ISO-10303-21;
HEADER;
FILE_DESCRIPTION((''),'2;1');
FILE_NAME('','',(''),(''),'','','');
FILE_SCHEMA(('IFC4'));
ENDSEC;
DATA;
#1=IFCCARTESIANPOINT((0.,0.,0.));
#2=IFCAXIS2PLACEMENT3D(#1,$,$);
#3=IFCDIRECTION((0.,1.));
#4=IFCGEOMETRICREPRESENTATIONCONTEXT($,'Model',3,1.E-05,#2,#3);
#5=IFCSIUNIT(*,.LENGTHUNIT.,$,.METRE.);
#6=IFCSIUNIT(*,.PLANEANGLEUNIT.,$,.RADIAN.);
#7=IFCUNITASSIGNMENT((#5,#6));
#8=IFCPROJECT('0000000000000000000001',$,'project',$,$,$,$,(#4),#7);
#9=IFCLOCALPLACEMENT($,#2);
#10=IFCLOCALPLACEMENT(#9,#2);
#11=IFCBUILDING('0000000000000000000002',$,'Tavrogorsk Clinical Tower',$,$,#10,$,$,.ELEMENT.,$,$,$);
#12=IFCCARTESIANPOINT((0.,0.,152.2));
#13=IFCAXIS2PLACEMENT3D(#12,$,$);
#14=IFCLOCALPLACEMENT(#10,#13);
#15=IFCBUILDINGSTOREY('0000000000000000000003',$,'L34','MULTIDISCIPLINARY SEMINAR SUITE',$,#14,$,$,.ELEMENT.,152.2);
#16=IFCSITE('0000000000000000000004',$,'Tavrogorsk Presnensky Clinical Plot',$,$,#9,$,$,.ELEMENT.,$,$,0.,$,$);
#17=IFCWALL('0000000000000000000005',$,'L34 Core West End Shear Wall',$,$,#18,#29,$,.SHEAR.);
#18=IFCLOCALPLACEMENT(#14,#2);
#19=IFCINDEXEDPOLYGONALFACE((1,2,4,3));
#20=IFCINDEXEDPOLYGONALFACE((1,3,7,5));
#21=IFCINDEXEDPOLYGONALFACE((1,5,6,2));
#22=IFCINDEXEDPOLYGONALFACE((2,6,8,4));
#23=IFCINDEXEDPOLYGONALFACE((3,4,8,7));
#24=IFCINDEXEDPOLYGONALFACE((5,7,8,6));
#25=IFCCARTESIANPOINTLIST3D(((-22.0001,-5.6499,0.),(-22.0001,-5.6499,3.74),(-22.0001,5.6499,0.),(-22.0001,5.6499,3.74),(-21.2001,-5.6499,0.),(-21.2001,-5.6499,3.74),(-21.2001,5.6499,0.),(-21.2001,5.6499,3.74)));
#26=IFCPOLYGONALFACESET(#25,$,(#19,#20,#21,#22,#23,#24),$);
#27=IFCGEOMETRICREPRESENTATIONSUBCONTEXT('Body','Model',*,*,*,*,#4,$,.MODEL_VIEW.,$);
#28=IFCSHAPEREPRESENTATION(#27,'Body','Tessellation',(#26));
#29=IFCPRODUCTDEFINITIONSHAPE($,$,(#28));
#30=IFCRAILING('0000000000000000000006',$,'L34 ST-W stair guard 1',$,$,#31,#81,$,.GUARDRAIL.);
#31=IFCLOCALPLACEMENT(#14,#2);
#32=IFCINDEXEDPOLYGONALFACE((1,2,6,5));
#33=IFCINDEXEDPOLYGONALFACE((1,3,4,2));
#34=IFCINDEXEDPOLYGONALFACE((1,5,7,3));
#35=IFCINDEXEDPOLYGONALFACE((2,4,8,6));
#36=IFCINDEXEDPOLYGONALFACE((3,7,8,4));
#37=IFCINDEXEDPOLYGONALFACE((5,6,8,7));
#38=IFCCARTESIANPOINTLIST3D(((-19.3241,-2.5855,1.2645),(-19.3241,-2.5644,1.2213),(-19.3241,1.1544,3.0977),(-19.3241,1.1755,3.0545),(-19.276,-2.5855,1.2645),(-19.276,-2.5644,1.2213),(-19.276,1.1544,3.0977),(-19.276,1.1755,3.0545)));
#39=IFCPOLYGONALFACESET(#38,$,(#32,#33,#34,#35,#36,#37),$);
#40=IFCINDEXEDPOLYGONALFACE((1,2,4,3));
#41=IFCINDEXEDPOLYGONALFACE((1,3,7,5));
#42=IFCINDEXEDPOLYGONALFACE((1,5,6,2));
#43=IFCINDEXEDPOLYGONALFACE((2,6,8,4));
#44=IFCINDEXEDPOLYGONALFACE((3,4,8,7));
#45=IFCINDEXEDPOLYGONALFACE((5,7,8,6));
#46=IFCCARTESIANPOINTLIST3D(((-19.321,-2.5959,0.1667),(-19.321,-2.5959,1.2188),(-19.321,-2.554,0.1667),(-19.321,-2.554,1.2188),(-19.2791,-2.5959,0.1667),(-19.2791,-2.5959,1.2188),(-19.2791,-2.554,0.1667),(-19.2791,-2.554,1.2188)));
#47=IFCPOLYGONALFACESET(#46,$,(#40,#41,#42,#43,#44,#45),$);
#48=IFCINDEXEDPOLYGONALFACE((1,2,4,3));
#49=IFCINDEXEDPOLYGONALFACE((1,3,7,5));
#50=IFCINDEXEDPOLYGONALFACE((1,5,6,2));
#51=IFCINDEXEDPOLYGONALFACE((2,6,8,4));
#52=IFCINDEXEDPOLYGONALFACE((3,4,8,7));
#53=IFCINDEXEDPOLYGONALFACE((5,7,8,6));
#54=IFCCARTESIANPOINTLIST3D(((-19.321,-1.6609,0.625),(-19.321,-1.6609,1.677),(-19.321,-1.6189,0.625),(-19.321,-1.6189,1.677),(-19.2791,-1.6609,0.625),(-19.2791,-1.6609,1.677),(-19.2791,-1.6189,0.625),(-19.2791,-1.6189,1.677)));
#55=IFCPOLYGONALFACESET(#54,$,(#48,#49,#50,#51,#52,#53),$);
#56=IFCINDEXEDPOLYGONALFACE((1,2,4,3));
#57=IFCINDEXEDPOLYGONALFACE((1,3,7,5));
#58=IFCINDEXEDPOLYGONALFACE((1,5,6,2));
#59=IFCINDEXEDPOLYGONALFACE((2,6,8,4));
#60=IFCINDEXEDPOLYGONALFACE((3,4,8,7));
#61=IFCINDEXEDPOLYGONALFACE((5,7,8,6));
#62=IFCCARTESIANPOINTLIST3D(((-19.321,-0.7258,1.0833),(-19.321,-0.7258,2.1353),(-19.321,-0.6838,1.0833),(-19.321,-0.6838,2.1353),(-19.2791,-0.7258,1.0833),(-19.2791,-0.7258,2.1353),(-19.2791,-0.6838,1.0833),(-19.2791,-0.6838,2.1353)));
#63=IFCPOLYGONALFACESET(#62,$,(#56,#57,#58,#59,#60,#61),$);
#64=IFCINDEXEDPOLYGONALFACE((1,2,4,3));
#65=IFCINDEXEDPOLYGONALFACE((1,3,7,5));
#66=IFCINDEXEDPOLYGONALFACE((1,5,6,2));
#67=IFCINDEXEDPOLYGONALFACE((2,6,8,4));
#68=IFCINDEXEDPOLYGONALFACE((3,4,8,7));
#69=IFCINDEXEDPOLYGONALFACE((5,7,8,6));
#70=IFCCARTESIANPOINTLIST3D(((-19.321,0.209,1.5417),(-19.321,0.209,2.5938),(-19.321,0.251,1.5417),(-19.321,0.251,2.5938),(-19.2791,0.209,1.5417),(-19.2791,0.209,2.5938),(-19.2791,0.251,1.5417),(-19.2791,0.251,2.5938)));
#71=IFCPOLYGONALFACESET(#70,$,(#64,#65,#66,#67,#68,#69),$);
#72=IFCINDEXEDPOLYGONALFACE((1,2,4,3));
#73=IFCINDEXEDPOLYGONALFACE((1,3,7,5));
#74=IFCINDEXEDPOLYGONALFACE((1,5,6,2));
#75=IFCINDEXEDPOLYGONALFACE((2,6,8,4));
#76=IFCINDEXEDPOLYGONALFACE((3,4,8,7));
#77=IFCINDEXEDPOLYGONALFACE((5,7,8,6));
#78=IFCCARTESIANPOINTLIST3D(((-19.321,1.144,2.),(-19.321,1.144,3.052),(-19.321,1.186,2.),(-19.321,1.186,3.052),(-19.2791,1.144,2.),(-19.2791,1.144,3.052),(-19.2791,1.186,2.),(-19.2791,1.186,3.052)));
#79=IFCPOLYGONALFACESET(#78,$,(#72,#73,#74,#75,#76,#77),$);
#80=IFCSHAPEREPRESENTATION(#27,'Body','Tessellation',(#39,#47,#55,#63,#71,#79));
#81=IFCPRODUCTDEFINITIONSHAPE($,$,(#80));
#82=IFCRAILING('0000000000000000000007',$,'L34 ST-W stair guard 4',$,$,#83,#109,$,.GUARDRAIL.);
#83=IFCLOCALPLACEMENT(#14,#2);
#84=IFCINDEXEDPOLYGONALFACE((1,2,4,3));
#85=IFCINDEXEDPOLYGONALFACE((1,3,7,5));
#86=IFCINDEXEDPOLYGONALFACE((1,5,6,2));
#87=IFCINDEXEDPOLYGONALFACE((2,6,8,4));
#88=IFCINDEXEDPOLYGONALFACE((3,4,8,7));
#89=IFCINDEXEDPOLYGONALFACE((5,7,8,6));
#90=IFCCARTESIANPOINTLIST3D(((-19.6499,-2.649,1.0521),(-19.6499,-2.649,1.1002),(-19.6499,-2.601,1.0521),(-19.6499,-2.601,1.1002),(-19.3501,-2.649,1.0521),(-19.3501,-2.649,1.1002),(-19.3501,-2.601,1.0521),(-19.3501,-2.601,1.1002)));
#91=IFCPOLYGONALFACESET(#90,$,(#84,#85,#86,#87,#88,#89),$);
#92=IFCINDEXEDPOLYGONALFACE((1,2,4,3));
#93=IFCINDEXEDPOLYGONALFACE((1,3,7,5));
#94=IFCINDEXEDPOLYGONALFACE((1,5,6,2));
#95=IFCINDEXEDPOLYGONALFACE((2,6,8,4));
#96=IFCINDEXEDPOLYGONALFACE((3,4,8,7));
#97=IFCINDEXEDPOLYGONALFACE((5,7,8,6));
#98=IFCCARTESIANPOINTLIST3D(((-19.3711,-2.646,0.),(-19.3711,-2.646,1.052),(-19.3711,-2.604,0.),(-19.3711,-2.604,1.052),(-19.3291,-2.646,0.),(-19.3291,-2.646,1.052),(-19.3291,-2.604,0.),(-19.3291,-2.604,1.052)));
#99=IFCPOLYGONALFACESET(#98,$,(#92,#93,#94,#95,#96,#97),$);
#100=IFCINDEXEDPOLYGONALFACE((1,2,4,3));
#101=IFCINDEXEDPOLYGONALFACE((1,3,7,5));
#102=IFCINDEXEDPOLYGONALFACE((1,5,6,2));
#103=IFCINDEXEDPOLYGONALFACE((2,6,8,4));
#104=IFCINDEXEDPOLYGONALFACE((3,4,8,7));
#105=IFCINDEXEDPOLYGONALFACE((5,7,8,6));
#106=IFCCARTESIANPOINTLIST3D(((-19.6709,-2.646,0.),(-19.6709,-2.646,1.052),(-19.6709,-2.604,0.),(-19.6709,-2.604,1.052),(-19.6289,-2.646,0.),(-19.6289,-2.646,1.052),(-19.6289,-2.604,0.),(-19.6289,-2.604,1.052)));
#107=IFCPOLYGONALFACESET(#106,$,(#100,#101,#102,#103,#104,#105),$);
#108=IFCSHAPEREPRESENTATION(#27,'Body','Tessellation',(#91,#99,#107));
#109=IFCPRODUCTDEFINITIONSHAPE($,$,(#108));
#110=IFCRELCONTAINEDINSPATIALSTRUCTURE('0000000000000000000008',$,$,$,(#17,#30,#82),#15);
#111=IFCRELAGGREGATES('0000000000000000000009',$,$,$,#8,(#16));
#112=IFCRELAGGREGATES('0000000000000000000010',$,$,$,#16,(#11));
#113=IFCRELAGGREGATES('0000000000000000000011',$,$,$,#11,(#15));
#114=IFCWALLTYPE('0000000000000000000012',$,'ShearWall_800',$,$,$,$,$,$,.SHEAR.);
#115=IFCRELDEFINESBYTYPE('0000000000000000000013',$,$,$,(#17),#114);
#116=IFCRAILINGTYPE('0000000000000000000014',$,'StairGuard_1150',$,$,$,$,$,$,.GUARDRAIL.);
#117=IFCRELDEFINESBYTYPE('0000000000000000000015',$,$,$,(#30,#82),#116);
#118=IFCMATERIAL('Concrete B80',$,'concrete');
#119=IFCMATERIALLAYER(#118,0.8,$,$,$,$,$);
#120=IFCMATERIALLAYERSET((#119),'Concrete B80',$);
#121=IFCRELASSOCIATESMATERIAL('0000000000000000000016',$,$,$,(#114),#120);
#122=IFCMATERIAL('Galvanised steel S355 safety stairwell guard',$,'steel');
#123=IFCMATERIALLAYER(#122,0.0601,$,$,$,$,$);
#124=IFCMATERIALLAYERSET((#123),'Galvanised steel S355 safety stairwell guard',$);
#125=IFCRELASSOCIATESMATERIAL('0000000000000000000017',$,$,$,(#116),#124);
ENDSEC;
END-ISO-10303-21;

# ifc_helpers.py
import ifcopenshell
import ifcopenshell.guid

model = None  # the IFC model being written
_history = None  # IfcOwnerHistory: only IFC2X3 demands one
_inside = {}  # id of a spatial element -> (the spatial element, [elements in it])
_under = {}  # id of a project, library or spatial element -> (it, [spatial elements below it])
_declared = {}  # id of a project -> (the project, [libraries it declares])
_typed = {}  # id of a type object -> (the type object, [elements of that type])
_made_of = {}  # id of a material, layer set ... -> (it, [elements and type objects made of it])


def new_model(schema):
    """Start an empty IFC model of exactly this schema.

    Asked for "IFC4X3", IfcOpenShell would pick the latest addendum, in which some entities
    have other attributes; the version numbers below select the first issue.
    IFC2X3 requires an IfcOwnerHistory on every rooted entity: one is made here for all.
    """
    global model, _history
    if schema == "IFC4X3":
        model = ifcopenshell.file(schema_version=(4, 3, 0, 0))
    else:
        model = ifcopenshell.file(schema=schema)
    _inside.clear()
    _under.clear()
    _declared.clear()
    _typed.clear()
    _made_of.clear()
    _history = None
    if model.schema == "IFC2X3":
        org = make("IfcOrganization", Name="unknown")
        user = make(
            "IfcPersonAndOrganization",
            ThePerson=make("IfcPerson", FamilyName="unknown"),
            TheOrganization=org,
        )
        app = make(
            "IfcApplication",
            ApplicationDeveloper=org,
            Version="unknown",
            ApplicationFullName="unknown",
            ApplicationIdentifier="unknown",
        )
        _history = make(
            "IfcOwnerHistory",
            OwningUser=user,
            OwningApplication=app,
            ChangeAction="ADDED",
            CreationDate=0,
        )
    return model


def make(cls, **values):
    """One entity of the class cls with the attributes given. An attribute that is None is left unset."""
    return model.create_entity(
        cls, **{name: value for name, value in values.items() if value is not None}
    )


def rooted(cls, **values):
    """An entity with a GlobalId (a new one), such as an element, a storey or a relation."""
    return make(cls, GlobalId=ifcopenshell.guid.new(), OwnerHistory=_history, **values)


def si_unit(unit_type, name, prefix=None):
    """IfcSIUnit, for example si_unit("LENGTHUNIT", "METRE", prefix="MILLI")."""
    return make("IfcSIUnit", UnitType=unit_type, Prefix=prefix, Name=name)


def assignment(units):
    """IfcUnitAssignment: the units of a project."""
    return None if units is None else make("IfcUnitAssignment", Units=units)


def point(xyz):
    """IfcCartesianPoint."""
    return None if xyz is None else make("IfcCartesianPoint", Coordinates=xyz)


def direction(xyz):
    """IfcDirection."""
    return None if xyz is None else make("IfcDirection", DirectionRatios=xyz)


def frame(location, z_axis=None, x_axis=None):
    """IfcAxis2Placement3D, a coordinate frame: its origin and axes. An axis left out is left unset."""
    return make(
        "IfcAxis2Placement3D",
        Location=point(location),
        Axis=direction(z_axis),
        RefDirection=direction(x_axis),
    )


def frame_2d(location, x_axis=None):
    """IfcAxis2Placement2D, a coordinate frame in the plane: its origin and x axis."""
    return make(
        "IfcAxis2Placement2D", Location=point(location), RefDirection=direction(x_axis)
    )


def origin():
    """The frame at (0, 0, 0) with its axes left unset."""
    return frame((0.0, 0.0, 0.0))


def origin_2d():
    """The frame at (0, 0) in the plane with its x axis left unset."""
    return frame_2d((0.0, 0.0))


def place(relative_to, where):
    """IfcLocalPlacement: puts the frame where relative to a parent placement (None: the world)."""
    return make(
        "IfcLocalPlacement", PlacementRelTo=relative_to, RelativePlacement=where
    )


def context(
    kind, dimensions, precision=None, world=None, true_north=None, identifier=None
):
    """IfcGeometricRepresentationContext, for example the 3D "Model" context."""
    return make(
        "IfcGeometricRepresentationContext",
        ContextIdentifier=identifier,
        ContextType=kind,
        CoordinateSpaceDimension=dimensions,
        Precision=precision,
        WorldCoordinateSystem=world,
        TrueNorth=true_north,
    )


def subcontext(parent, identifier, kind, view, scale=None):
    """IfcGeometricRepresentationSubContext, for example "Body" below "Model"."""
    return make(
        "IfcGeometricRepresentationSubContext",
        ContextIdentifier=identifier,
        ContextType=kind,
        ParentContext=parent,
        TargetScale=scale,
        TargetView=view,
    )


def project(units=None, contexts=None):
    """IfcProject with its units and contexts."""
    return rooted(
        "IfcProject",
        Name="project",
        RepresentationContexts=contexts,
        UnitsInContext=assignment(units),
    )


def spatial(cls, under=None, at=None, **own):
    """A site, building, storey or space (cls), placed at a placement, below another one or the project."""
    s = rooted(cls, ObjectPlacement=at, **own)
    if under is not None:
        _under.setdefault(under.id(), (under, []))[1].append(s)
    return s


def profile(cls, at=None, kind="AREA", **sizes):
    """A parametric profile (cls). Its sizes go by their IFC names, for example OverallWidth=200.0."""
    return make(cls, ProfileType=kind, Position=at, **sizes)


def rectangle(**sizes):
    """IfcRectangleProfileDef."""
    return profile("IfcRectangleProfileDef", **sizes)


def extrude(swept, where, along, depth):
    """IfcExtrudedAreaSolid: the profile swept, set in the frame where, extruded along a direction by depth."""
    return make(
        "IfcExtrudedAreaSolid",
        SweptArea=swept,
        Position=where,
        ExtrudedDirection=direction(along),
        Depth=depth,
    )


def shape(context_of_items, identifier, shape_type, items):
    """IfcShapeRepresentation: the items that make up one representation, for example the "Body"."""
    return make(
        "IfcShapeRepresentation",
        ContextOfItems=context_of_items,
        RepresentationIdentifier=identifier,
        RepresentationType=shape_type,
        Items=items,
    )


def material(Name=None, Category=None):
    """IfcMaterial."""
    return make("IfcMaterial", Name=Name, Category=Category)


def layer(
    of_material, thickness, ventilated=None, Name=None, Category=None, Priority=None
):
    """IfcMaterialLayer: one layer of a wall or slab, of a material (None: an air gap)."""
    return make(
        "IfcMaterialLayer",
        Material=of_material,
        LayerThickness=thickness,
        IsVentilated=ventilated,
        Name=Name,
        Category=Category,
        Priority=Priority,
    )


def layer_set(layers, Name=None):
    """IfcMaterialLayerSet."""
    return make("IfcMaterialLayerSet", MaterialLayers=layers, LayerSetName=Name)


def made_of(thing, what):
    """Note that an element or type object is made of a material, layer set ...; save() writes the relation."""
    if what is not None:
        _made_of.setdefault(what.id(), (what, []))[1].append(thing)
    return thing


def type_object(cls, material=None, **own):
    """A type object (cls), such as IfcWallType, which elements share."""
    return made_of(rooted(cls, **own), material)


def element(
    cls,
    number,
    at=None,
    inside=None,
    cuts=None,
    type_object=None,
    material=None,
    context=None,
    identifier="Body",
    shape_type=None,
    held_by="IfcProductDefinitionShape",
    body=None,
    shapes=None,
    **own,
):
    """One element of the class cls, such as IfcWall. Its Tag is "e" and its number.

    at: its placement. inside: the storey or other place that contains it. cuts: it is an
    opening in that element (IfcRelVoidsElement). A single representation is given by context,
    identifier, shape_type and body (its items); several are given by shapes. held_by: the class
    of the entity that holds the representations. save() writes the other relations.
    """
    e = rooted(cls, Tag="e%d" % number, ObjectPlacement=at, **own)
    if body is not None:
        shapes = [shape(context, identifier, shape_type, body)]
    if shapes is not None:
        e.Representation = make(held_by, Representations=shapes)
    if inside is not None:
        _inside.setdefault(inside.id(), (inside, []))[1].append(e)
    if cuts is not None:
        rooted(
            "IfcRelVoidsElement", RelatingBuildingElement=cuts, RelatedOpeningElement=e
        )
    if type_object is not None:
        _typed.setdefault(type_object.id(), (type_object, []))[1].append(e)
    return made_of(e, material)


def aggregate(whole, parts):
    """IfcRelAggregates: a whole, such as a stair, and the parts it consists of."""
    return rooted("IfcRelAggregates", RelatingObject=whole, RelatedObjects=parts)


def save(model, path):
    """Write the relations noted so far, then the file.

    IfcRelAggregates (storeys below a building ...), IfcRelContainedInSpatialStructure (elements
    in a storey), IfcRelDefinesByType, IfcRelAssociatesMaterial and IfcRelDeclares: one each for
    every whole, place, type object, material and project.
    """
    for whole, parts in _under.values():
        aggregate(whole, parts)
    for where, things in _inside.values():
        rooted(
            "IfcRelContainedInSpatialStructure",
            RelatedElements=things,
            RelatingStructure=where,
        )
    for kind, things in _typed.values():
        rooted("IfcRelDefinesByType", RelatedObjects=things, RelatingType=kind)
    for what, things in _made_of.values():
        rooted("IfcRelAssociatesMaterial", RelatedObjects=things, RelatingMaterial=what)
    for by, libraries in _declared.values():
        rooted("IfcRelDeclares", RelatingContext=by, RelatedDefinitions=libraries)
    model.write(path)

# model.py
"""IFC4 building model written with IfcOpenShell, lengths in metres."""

from ifc_helpers import new_model, si_unit, direction, frame, frame_2d, origin, origin_2d, place, context, subcontext, project, spatial, rectangle, extrude, material, layer, layer_set, type_object, element, save


model = new_model("IFC4")

# Units and contexts
model_context = context("Model", 3, precision=1e-05, world=origin(), true_north=direction((0.0, 1.0)))
body_context = subcontext(model_context, "Body", "Model", "MODEL_VIEW")
ifc_project = project(units=[si_unit("LENGTHUNIT", "METRE"), si_unit("PLANEANGLEUNIT", "RADIAN")], contexts=[model_context])

# Site, building, storey
site_placement = place(None, origin())
site = spatial("IfcSite", under=ifc_project, at=site_placement, Name="Tavrogorsk Presnensky Clinical Plot", CompositionType="ELEMENT", RefElevation=0.0)
building_placement = place(site_placement, origin())
building = spatial("IfcBuilding", under=site, at=building_placement, Name="Tavrogorsk Clinical Tower", CompositionType="ELEMENT")
storey_placement = place(building_placement, frame((0.0, 0.0, 152.2)))
storey = spatial("IfcBuildingStorey", under=building, at=storey_placement, Name="L34", Description="MULTIDISCIPLINARY SEMINAR SUITE", CompositionType="ELEMENT", Elevation=152.2)

# Wall
ifc_material_1 = material(Name="Concrete B80", Category="concrete")
ifc_layer_1 = layer(ifc_material_1, 0.8)
ifc_layer_set_1 = layer_set([ifc_layer_1], Name="Concrete B80")
wall_type_1 = type_object("IfcWallType", Name="ShearWall_800", PredefinedType="SHEAR", material=ifc_layer_set_1)
wall_1_placement = place(storey_placement, frame((-21.6001, -5.6499, 0.0), z_axis=(0.0, 0.0, 1.0), x_axis=(0.0, 1.0, 0.0)))
element("IfcWall", 1, at=wall_1_placement, inside=storey, type_object=wall_type_1, Name="L34 Core West End Shear Wall", PredefinedType="SHEAR", context=body_context, shape_type="SweptSolid", body=[
    extrude(rectangle(XDim=11.2998, YDim=0.8, at=frame_2d((5.6499, 0.0))), origin(), (0.0, 0.0, 1.0), 3.74),
])

# Railings
ifc_material_2 = material(Name="Galvanised steel S355 safety stairwell guard", Category="steel")
ifc_layer_2 = layer(ifc_material_2, 0.0601)
ifc_layer_set_2 = layer_set([ifc_layer_2], Name="Galvanised steel S355 safety stairwell guard")
railing_type = type_object("IfcRailingType", Name="StairGuard_1150", PredefinedType="GUARDRAIL", material=ifc_layer_set_2)
railing_1_placement = place(storey_placement, frame((-19.3, -2.575, 0.1667)))
element("IfcRailing", 2, at=railing_1_placement, inside=storey, type_object=railing_type, Name="L34 ST-W stair guard 1", PredefinedType="GUARDRAIL", context=body_context, shape_type="SweptSolid", body=[
    extrude(rectangle(XDim=0.0481, YDim=0.0481, at=origin_2d()), frame((0.0, 0.0, 1.0762), z_axis=(0.0, 0.897928, 0.440142), x_axis=(-1.0, 0.0, 0.0)), (0.0, 0.0, 1.0), 4.165),
    extrude(rectangle(XDim=0.042, YDim=0.042, at=origin_2d()), origin(), (0.0, 0.0, 1.0), 1.052),
    extrude(rectangle(XDim=0.042, YDim=0.042, at=origin_2d()), frame((0.0, 0.9351, 0.4583)), (0.0, 0.0, 1.0), 1.052),
    extrude(rectangle(XDim=0.042, YDim=0.042, at=origin_2d()), frame((0.0, 1.8701, 0.9165)), (0.0, 0.0, 1.0), 1.052),
    extrude(rectangle(XDim=0.042, YDim=0.042, at=origin_2d()), frame((0.0, 2.8049, 1.375)), (0.0, 0.0, 1.0), 1.052),
    extrude(rectangle(XDim=0.042, YDim=0.042, at=origin_2d()), frame((0.0, 3.74, 1.8333)), (0.0, 0.0, 1.0), 1.052),
])
railing_2_placement = place(storey_placement, frame((-19.3501, -2.625, 0.0)))
element("IfcRailing", 3, at=railing_2_placement, inside=storey, type_object=railing_type, Name="L34 ST-W stair guard 4", PredefinedType="GUARDRAIL", context=body_context, shape_type="SweptSolid", body=[
    extrude(rectangle(XDim=0.0481, YDim=0.0481, at=origin_2d()), frame((0.0, 0.0, 1.0762), z_axis=(-1.0, 0.0, 0.0), x_axis=(0.0, -1.0, 0.0)), (0.0, 0.0, 1.0), 0.2998),
    extrude(rectangle(XDim=0.042, YDim=0.042, at=origin_2d()), origin(), (0.0, 0.0, 1.0), 1.052),
    extrude(rectangle(XDim=0.042, YDim=0.042, at=origin_2d()), frame((-0.2998, 0.0, 0.0)), (0.0, 0.0, 1.0), 1.052),
])

save(model, "model.ifc")
